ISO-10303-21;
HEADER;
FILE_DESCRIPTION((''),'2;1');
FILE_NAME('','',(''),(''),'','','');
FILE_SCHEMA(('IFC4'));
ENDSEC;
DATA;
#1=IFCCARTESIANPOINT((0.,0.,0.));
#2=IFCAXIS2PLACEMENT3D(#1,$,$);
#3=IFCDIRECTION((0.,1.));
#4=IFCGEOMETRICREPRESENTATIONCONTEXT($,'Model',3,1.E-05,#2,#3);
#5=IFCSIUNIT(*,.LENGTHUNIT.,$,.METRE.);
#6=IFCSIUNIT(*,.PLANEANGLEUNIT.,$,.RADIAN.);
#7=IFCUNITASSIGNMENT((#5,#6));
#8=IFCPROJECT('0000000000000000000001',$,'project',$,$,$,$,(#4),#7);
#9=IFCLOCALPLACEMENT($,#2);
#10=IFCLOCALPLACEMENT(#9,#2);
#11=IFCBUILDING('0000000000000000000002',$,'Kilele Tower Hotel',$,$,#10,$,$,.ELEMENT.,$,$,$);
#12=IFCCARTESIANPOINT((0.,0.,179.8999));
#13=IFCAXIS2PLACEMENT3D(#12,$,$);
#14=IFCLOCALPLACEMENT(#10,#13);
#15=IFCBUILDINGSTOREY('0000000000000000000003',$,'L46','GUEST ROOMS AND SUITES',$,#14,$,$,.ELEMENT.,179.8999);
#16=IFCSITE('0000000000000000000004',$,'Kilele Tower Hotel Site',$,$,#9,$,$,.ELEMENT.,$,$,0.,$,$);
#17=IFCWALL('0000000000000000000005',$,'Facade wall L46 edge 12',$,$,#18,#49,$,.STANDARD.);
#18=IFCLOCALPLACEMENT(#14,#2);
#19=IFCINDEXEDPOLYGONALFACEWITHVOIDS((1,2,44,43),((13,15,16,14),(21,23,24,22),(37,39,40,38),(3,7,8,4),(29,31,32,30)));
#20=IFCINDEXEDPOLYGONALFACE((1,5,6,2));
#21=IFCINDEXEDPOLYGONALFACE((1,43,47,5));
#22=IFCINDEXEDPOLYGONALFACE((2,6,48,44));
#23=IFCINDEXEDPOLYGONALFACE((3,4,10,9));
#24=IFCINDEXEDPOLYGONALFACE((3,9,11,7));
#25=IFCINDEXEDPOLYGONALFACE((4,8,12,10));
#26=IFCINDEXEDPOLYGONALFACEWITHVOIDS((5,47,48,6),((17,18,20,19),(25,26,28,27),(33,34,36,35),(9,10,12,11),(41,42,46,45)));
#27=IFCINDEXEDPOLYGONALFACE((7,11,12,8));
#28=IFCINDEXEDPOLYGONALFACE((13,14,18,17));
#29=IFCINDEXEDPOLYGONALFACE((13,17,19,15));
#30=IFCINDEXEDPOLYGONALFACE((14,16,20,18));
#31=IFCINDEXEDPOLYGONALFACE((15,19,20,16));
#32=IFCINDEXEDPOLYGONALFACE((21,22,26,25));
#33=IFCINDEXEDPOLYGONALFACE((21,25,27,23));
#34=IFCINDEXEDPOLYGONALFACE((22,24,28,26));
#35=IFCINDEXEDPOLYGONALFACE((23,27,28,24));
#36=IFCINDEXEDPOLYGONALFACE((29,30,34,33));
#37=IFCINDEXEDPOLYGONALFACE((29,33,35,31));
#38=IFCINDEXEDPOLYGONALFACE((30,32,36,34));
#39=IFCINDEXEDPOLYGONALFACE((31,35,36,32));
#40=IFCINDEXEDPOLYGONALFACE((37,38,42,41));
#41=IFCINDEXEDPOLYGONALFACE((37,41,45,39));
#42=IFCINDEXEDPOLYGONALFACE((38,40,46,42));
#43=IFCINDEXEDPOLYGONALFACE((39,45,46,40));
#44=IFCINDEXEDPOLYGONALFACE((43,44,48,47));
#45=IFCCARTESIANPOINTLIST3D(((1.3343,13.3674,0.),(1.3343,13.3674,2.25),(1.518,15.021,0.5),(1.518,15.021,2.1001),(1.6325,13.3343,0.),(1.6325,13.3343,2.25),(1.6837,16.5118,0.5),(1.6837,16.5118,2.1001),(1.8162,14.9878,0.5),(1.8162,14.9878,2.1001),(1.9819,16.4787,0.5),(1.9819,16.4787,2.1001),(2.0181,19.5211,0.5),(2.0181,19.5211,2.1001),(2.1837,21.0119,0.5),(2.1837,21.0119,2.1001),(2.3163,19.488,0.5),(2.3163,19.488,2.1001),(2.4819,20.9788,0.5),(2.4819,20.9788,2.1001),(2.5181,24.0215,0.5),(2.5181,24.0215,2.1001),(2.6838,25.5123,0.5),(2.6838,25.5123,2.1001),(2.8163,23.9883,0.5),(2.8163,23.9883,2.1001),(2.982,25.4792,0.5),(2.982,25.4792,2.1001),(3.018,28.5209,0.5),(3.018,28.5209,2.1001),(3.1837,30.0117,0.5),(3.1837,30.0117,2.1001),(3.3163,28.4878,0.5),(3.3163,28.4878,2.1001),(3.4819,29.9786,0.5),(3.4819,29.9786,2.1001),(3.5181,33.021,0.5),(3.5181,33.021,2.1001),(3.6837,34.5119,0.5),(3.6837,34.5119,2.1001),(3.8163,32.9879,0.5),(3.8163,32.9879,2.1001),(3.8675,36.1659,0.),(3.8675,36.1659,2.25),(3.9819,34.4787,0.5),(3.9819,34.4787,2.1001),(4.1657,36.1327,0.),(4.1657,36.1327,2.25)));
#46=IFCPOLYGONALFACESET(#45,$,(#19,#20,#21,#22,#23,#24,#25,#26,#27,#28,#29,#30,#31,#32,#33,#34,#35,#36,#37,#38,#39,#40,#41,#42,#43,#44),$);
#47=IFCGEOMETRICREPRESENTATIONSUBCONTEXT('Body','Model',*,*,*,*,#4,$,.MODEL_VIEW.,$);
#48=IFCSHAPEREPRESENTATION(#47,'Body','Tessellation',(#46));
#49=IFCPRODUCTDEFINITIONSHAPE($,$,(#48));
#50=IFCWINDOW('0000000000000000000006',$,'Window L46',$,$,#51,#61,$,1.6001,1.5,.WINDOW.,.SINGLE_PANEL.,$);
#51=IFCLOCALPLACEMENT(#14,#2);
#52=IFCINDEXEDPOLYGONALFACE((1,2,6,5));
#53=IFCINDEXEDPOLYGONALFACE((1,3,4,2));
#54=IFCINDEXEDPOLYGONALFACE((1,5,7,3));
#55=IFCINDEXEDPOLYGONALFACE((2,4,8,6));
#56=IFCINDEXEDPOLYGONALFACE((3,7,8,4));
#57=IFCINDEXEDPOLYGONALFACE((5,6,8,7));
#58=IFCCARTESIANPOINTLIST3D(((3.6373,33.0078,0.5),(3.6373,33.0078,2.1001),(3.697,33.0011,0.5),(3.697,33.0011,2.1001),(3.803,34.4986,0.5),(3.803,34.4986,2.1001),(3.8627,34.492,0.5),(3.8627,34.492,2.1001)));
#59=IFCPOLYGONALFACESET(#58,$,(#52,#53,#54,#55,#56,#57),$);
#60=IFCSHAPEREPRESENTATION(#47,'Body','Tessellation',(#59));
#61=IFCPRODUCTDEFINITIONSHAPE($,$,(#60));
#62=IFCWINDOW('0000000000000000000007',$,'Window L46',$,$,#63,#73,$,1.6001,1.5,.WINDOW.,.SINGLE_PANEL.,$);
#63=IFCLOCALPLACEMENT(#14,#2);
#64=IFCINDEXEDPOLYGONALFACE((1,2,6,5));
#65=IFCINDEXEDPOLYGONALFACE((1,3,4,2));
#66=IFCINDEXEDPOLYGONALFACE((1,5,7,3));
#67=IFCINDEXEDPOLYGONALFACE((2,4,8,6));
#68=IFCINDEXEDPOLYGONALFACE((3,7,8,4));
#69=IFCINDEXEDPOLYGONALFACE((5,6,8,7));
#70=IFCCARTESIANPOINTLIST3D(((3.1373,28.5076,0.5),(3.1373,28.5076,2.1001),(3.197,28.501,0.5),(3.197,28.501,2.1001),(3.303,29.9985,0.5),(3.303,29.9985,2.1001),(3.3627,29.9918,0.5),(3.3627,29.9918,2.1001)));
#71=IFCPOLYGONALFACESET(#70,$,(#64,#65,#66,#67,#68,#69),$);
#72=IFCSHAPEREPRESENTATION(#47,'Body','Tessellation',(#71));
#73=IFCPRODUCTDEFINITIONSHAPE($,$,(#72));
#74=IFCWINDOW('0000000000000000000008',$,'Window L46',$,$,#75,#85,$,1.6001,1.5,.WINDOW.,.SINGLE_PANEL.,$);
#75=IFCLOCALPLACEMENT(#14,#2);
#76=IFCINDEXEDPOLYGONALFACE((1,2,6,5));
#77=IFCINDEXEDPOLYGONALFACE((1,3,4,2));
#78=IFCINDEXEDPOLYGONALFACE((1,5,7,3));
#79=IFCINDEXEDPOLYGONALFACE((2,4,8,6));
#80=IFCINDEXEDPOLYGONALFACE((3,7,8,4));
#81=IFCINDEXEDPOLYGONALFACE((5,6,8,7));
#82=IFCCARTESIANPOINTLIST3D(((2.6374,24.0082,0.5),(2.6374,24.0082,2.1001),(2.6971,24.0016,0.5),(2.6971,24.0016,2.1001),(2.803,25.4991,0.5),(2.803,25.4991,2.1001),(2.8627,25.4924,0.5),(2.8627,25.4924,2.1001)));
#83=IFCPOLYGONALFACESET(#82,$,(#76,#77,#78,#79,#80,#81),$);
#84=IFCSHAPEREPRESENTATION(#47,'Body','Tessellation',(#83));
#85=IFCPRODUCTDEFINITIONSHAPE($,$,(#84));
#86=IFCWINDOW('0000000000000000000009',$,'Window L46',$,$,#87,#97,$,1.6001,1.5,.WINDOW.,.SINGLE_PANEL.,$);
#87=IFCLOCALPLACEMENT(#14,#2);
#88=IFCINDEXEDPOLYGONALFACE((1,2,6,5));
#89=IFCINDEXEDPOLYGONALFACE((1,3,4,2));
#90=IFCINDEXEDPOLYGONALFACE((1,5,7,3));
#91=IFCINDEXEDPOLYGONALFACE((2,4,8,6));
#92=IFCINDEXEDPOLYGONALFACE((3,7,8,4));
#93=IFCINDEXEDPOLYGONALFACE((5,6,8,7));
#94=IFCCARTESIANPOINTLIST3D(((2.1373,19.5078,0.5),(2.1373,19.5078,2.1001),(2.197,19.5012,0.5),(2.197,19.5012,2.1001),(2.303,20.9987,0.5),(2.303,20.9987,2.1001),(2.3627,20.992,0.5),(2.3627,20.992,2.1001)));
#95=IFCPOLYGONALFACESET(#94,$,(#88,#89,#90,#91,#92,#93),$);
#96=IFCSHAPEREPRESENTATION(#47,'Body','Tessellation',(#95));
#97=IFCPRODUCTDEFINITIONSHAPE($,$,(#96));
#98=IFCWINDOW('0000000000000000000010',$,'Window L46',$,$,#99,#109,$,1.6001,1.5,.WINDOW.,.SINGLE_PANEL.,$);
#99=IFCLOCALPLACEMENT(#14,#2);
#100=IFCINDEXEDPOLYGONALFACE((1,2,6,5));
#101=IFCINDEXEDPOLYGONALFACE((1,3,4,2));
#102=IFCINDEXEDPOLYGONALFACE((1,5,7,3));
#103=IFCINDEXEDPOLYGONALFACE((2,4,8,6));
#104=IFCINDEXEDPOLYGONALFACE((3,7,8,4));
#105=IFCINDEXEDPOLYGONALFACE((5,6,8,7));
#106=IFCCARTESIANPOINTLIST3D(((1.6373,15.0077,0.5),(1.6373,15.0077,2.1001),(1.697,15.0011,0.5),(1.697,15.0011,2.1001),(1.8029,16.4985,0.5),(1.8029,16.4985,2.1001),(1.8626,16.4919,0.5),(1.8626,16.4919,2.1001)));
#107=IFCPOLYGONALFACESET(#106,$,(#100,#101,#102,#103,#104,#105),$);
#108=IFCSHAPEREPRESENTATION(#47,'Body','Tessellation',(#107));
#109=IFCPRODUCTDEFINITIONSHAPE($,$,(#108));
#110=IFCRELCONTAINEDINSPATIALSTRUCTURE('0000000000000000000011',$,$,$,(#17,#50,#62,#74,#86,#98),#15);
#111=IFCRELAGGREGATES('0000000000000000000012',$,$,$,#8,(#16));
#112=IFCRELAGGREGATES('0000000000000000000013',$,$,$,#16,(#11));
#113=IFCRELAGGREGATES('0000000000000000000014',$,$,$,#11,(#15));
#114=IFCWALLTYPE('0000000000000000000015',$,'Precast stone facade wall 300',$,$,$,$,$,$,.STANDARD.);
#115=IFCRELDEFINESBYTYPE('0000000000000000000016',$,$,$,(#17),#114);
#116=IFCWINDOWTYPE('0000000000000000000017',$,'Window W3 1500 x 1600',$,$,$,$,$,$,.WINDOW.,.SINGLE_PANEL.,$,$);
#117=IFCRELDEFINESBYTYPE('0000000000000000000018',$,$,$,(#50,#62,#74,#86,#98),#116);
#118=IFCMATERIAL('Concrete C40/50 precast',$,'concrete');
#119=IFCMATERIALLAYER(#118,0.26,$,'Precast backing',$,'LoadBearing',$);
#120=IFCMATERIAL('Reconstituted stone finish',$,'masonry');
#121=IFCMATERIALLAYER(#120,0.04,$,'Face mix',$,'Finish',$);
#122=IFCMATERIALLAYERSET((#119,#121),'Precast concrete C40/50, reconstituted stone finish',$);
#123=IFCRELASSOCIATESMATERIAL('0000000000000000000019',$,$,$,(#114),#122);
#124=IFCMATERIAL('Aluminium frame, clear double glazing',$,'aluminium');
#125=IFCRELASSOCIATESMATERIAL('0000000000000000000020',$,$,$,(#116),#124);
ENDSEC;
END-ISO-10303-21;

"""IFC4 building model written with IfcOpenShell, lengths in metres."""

from ifc_helpers import new_model, si_unit, direction, frame, frame_2d, origin, place, context, subcontext, project, spatial, rectangle, extrude, material, layer, layer_set, type_object, element, fill, save


model = new_model("IFC4")

# Units and contexts
model_context = context("Model", 3, precision=1e-05, world=origin(), true_north=direction((0.0, 1.0)))
body_context = subcontext(model_context, "Body", "Model", "MODEL_VIEW")
ifc_project = project(units=[si_unit("LENGTHUNIT", "METRE"), si_unit("PLANEANGLEUNIT", "RADIAN")], contexts=[model_context])

# Site, building, storey
site_placement = place(None, origin())
site = spatial("IfcSite", under=ifc_project, at=site_placement, Name="Kilele Tower Hotel Site", CompositionType="ELEMENT", RefElevation=0.0)
building_placement = place(site_placement, origin())
building = spatial("IfcBuilding", under=site, at=building_placement, Name="Kilele Tower Hotel", CompositionType="ELEMENT")
storey_placement = place(building_placement, frame((0.0, 0.0, 179.8999)))
storey = spatial("IfcBuildingStorey", under=building, at=storey_placement, Name="L46", Description="GUEST ROOMS AND SUITES", CompositionType="ELEMENT", Elevation=179.8999)

# Shared definitions
ifc_material_1 = material(Name="Concrete C40/50 precast", Category="concrete")
ifc_layer_1 = layer(ifc_material_1, 0.26, Name="Precast backing", Category="LoadBearing")
ifc_material_2 = material(Name="Reconstituted stone finish", Category="masonry")
ifc_layer_2 = layer(ifc_material_2, 0.04, Name="Face mix", Category="Finish")
ifc_layer_set_1 = layer_set([ifc_layer_1, ifc_layer_2], Name="Precast concrete C40/50, reconstituted stone finish")
wall_type_1 = type_object("IfcWallType", Name="Precast stone facade wall 300", PredefinedType="STANDARD", material=ifc_layer_set_1)

# Wall, openings, windows
wall_1_placement = place(storey_placement, frame((4.0166, 36.1492, 0.0), z_axis=(0.0, 0.0, 1.0), x_axis=(-0.110434, -0.993883, 0.0)))
wall_1 = element("IfcWall", 1, at=wall_1_placement, inside=storey, type_object=wall_type_1, Name="Facade wall L46 edge 12", PredefinedType="STANDARD", context=body_context, shape_type="SweptSolid", body=[
    extrude(rectangle(XDim=22.9387, YDim=0.3, at=frame_2d((11.4692, 0.0))), origin(), (0.0, 0.0, 1.0), 2.25),
])
opening_1_placement = place(wall_1_placement, frame((1.6641, 0.0, 0.5)))
opening_1 = element("IfcOpeningElement", 2, at=opening_1_placement, cuts=wall_1, PredefinedType="OPENING", context=body_context, shape_type="SweptSolid", body=[
    extrude(rectangle(XDim=1.5, YDim=1.6001, at=frame_2d((0.75, 0.8))), frame((0.0, 0.1599, 0.0), z_axis=(0.0, -1.0, 0.0), x_axis=(1.0, 0.0, 0.0)), (0.0, 0.0, 1.0), 0.3201),
])
opening_2_placement = place(wall_1_placement, frame((6.1919, 0.0, 0.5)))
opening_2 = element("IfcOpeningElement", 3, at=opening_2_placement, cuts=wall_1, PredefinedType="OPENING", context=body_context, shape_type="SweptSolid", body=[
    extrude(rectangle(XDim=1.5, YDim=1.6001, at=frame_2d((0.75, 0.8))), frame((0.0, 0.1599, 0.0), z_axis=(0.0, -1.0, 0.0), x_axis=(1.0, 0.0, 0.0)), (0.0, 0.0, 1.0), 0.3201),
])
opening_3_placement = place(wall_1_placement, frame((10.719, 0.0, 0.5)))
opening_3 = element("IfcOpeningElement", 4, at=opening_3_placement, cuts=wall_1, PredefinedType="OPENING", context=body_context, shape_type="SweptSolid", body=[
    extrude(rectangle(XDim=1.5, YDim=1.6001, at=frame_2d((0.75, 0.8))), frame((0.0, 0.1599, 0.0), z_axis=(0.0, -1.0, 0.0), x_axis=(1.0, 0.0, 0.0)), (0.0, 0.0, 1.0), 0.3201),
])
opening_4_placement = place(wall_1_placement, frame((15.2471, 0.0, 0.5)))
opening_4 = element("IfcOpeningElement", 5, at=opening_4_placement, cuts=wall_1, PredefinedType="OPENING", context=body_context, shape_type="SweptSolid", body=[
    extrude(rectangle(XDim=1.5, YDim=1.6001, at=frame_2d((0.75, 0.8))), frame((0.0, 0.1599, 0.0), z_axis=(0.0, -1.0, 0.0), x_axis=(1.0, 0.0, 0.0)), (0.0, 0.0, 1.0), 0.3201),
])
opening_5_placement = place(wall_1_placement, frame((19.7749, 0.0, 0.5)))
opening_5 = element("IfcOpeningElement", 6, at=opening_5_placement, cuts=wall_1, PredefinedType="OPENING", context=body_context, shape_type="SweptSolid", body=[
    extrude(rectangle(XDim=1.5, YDim=1.6001, at=frame_2d((0.75, 0.8))), frame((0.0, 0.1599, 0.0), z_axis=(0.0, -1.0, 0.0), x_axis=(1.0, 0.0, 0.0)), (0.0, 0.0, 1.0), 0.3201),
])
ifc_material_3 = material(Name="Aluminium frame, clear double glazing", Category="aluminium")
window_type_1 = type_object("IfcWindowType", Name="Window W3 1500 x 1600", PartitioningType="SINGLE_PANEL", PredefinedType="WINDOW", material=ifc_material_3)
window_1_placement = place(opening_1_placement, origin())
window_1 = element("IfcWindow", 7, at=window_1_placement, inside=storey, type_object=window_type_1, Name="Window L46", OverallHeight=1.6001, OverallWidth=1.5, PartitioningType="SINGLE_PANEL", PredefinedType="WINDOW", context=body_context, shape_type="SweptSolid", body=[
    extrude(rectangle(XDim=1.5, YDim=1.6001, at=frame_2d((0.75, 0.8))), frame((0.0, 0.03, 0.0), z_axis=(0.0, -1.0, 0.0), x_axis=(1.0, 0.0, 0.0)), (0.0, 0.0, 1.0), 0.0601),
])
fill(opening_1, window_1)
window_2_placement = place(opening_2_placement, origin())
window_2 = element("IfcWindow", 8, at=window_2_placement, inside=storey, type_object=window_type_1, Name="Window L46", OverallHeight=1.6001, OverallWidth=1.5, PartitioningType="SINGLE_PANEL", PredefinedType="WINDOW", context=body_context, shape_type="SweptSolid", body=[
    extrude(rectangle(XDim=1.5, YDim=1.6001, at=frame_2d((0.75, 0.8))), frame((0.0, 0.03, 0.0), z_axis=(0.0, -1.0, 0.0), x_axis=(1.0, 0.0, 0.0)), (0.0, 0.0, 1.0), 0.0601),
])
fill(opening_2, window_2)
window_3_placement = place(opening_3_placement, origin())
window_3 = element("IfcWindow", 9, at=window_3_placement, inside=storey, type_object=window_type_1, Name="Window L46", OverallHeight=1.6001, OverallWidth=1.5, PartitioningType="SINGLE_PANEL", PredefinedType="WINDOW", context=body_context, shape_type="SweptSolid", body=[
    extrude(rectangle(XDim=1.5, YDim=1.6001, at=frame_2d((0.75, 0.8))), frame((0.0, 0.03, 0.0), z_axis=(0.0, -1.0, 0.0), x_axis=(1.0, 0.0, 0.0)), (0.0, 0.0, 1.0), 0.0601),
])
fill(opening_3, window_3)
window_4_placement = place(opening_4_placement, origin())
window_4 = element("IfcWindow", 10, at=window_4_placement, inside=storey, type_object=window_type_1, Name="Window L46", OverallHeight=1.6001, OverallWidth=1.5, PartitioningType="SINGLE_PANEL", PredefinedType="WINDOW", context=body_context, shape_type="SweptSolid", body=[
    extrude(rectangle(XDim=1.5, YDim=1.6001, at=frame_2d((0.75, 0.8))), frame((0.0, 0.03, 0.0), z_axis=(0.0, -1.0, 0.0), x_axis=(1.0, 0.0, 0.0)), (0.0, 0.0, 1.0), 0.0601),
])
fill(opening_4, window_4)
window_5_placement = place(opening_5_placement, origin())
window_5 = element("IfcWindow", 11, at=window_5_placement, inside=storey, type_object=window_type_1, Name="Window L46", OverallHeight=1.6001, OverallWidth=1.5, PartitioningType="SINGLE_PANEL", PredefinedType="WINDOW", context=body_context, shape_type="SweptSolid", body=[
    extrude(rectangle(XDim=1.5, YDim=1.6001, at=frame_2d((0.75, 0.8))), frame((0.0, 0.03, 0.0), z_axis=(0.0, -1.0, 0.0), x_axis=(1.0, 0.0, 0.0)), (0.0, 0.0, 1.0), 0.0601),
])
fill(opening_5, window_5)

save(model, "model.ifc")
